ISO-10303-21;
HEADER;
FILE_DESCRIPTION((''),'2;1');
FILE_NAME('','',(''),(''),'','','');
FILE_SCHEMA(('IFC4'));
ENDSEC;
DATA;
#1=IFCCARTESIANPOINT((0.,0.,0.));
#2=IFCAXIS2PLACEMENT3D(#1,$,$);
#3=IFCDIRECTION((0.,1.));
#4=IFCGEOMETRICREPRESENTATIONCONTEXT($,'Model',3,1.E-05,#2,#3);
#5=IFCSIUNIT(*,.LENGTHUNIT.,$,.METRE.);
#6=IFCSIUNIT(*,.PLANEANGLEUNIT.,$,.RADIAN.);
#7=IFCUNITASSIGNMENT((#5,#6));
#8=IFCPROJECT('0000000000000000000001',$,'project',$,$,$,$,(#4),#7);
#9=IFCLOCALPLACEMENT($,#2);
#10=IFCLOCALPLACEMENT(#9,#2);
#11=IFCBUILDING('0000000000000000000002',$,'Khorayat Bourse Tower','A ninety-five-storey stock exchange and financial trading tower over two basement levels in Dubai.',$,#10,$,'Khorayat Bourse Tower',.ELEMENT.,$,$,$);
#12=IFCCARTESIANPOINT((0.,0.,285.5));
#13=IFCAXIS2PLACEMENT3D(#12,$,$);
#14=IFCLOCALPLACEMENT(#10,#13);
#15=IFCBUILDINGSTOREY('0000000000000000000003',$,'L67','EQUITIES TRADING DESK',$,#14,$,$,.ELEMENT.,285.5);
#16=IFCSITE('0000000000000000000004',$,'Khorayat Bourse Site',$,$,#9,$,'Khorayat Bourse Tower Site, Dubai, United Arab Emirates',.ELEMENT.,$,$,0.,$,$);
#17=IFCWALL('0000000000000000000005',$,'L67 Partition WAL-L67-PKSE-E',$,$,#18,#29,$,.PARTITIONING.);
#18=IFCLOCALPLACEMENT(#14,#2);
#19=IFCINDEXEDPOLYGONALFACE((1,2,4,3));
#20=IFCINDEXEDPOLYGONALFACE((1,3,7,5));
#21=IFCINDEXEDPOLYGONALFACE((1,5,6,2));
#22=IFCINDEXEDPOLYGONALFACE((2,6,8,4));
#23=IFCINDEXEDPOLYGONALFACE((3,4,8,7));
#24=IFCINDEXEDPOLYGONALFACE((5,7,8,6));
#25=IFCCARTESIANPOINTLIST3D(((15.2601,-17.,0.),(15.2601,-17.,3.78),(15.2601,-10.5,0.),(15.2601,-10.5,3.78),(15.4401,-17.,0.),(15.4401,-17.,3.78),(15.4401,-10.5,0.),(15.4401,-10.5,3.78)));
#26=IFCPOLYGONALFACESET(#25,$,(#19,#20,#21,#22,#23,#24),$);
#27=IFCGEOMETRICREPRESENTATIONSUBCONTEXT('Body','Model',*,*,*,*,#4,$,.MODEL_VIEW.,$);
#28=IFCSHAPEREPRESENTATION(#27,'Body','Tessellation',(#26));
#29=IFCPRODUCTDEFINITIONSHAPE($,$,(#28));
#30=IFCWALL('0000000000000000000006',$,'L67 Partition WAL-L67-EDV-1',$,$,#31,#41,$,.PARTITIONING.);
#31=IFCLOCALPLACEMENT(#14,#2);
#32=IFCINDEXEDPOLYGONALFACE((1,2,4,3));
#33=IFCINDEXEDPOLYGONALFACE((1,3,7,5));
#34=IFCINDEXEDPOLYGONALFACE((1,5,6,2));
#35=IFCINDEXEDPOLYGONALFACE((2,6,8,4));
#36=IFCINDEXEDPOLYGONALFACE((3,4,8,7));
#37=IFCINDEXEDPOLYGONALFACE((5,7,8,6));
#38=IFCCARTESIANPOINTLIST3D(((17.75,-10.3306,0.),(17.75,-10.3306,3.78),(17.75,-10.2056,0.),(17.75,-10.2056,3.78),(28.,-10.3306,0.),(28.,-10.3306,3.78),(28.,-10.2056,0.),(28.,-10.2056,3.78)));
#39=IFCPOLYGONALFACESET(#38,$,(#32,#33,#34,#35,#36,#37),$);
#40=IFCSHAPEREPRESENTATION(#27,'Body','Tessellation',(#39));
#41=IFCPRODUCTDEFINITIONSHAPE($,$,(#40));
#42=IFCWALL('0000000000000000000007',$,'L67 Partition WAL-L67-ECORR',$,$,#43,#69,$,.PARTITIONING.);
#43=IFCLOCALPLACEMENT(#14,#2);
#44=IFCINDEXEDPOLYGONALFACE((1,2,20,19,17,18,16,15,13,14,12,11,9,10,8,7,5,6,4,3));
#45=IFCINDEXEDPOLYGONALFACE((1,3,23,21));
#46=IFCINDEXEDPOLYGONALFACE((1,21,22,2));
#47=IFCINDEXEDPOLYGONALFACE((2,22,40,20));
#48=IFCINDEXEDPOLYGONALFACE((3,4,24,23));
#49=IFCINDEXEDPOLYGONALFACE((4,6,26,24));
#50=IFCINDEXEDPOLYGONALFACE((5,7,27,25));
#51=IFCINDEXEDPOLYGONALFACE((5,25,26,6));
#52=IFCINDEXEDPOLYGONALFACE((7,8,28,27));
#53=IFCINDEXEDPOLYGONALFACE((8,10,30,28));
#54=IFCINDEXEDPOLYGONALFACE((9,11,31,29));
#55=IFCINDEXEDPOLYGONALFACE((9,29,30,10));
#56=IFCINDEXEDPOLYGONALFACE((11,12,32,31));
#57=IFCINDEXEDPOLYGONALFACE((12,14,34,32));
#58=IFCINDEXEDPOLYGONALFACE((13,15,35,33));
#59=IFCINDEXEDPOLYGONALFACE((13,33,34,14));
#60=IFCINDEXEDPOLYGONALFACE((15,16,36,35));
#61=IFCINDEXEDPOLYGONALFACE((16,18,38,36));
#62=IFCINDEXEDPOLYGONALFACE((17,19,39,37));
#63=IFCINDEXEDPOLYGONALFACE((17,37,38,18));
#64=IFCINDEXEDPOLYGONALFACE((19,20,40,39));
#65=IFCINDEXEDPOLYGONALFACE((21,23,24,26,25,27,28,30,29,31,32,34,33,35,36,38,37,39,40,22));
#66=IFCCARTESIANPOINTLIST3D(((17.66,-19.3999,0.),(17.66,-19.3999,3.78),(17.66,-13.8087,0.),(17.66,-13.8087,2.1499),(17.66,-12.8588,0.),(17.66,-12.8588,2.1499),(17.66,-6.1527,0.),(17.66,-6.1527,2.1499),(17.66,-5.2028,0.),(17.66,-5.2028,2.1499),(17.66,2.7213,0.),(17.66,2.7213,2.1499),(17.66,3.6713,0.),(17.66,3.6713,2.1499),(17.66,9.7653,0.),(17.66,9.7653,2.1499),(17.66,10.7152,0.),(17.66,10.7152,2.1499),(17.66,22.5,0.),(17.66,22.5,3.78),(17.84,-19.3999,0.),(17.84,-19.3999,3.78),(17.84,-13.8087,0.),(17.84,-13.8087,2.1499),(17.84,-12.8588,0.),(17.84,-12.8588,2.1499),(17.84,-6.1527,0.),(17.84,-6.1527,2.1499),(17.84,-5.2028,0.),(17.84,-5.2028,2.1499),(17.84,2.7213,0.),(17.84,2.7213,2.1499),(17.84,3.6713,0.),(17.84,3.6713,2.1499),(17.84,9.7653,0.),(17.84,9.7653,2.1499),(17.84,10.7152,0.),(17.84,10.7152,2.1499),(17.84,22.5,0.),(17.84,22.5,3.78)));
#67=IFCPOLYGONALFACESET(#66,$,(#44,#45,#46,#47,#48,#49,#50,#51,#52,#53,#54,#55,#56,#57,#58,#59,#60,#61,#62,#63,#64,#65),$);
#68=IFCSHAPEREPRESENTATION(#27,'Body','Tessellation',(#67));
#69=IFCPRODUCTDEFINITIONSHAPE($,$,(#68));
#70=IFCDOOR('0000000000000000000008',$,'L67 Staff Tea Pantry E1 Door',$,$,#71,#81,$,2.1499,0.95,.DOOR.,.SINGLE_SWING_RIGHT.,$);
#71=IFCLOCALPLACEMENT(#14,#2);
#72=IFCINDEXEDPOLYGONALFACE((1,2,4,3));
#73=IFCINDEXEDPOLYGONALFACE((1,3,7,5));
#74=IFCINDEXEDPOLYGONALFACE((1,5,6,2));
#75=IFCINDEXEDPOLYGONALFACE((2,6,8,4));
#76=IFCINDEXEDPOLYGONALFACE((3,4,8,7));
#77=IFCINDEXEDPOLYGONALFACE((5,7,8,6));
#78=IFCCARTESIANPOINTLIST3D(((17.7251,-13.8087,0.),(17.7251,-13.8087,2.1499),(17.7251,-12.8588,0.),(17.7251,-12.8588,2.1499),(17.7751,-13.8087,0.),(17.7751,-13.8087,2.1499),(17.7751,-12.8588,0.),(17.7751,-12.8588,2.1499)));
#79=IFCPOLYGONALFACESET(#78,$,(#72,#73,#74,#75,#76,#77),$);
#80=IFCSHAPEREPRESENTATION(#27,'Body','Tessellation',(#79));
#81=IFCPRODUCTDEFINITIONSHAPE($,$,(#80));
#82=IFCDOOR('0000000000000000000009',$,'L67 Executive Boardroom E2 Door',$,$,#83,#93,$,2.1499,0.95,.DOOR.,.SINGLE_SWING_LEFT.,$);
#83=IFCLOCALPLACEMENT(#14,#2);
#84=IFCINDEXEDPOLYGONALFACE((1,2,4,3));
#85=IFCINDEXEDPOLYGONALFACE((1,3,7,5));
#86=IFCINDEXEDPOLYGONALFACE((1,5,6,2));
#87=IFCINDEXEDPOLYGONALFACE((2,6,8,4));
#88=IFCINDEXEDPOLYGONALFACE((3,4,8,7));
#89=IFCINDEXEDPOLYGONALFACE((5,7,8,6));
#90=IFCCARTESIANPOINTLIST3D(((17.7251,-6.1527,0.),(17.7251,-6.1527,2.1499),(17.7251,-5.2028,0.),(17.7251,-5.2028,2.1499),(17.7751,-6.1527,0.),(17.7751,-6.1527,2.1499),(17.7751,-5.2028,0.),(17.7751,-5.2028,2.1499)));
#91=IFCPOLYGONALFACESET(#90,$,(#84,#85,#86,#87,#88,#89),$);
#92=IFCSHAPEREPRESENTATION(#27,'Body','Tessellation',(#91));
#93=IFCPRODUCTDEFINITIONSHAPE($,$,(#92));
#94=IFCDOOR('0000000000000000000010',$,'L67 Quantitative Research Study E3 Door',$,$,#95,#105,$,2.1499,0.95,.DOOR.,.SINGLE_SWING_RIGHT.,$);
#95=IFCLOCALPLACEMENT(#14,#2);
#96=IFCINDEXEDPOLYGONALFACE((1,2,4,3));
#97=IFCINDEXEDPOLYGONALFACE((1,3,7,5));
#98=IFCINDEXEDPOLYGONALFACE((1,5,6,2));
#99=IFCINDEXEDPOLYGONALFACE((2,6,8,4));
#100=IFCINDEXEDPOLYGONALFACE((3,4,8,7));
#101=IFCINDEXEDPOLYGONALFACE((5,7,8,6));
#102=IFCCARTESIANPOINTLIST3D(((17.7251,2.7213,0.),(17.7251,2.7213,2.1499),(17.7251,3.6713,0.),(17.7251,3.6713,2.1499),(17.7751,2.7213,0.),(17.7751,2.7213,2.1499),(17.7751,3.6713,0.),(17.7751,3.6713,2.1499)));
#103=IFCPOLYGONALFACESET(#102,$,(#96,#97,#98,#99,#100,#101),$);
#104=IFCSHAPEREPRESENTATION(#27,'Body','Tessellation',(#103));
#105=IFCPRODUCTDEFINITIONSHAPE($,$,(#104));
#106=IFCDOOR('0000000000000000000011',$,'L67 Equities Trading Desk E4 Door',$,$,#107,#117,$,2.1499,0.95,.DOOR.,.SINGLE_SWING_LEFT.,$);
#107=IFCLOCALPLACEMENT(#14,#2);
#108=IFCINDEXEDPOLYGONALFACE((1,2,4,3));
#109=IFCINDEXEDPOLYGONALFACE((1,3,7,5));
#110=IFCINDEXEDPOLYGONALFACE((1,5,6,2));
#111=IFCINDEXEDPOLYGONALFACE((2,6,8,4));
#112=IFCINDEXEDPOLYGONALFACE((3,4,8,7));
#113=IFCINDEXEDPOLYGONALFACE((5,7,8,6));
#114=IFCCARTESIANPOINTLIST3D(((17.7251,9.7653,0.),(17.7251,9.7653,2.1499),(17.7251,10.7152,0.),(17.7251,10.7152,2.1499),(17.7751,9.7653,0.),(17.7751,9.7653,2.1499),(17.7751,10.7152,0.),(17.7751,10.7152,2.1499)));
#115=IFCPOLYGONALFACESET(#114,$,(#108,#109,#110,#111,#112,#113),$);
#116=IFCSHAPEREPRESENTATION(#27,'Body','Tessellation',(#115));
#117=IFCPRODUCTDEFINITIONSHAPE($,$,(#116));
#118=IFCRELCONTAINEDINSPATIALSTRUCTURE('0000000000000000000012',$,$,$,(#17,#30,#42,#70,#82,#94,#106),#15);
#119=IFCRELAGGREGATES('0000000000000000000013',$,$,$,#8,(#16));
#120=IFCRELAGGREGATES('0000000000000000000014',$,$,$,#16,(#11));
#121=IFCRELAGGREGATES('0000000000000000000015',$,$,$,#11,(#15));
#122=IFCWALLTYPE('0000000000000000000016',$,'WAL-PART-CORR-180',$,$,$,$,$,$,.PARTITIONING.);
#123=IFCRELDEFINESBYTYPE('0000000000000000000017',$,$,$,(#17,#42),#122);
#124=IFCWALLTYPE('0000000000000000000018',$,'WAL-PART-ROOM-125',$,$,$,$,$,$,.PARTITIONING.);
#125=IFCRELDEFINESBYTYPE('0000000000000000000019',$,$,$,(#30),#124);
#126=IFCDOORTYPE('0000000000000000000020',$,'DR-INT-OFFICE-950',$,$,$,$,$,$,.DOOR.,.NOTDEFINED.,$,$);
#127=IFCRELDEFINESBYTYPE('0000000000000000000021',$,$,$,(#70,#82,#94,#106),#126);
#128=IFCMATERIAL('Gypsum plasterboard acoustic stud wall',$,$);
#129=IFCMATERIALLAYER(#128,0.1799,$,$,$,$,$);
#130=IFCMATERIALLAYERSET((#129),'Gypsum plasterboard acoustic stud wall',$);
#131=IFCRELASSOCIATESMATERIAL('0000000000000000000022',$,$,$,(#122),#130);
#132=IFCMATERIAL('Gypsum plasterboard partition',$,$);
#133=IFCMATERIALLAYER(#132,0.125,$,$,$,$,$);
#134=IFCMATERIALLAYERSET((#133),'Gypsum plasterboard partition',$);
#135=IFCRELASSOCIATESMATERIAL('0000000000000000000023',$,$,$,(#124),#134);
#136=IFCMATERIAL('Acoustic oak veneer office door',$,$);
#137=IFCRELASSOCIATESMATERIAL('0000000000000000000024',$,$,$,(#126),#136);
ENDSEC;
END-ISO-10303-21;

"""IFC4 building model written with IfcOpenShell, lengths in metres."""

from ifc_helpers import new_model, si_unit, direction, frame, frame_2d, origin, place, context, subcontext, project, spatial, rectangle, extrude, source, transform, mapped, material, layer, layer_set, type_object, element, fill, save


model = new_model("IFC4")

# Units and contexts
model_context = context("Model", 3, precision=1e-05, world=origin(), true_north=direction((0.0, 1.0)))
body_context = subcontext(model_context, "Body", "Model", "MODEL_VIEW")
ifc_project = project(units=[si_unit("LENGTHUNIT", "METRE"), si_unit("PLANEANGLEUNIT", "RADIAN")], contexts=[model_context])

# Site, building, storey
site_placement = place(None, origin())
site = spatial("IfcSite", under=ifc_project, at=site_placement, Name="Khorayat Bourse Site", LongName="Khorayat Bourse Tower Site, Dubai, United Arab Emirates", CompositionType="ELEMENT", RefElevation=0.0)
building_placement = place(site_placement, origin())
building = spatial("IfcBuilding", under=site, at=building_placement, Name="Khorayat Bourse Tower", Description="A ninety-five-storey stock exchange and financial trading tower over two basement levels in Dubai.", LongName="Khorayat Bourse Tower", CompositionType="ELEMENT")
storey_placement = place(building_placement, frame((0.0, 0.0, 285.5)))
storey = spatial("IfcBuildingStorey", under=building, at=storey_placement, Name="L67", Description="EQUITIES TRADING DESK", CompositionType="ELEMENT", Elevation=285.5)

# Shared definitions
ifc_material_1 = material(Name="Gypsum plasterboard acoustic stud wall")
ifc_layer_1 = layer(ifc_material_1, 0.1799)
ifc_layer_set_1 = layer_set([ifc_layer_1], Name="Gypsum plasterboard acoustic stud wall")
wall_type_1 = type_object("IfcWallType", Name="WAL-PART-CORR-180", PredefinedType="PARTITIONING", material=ifc_layer_set_1)

# Walls
shared_shape_1 = source(origin(), body_context, "Body", "SweptSolid", [
    extrude(rectangle(XDim=6.5, YDim=0.1799, at=frame_2d((3.25, 0.0))), origin(), (0.0, 0.0, 1.0), 3.78),
])
wall_1_placement = place(storey_placement, frame((15.3501, -17.0, 0.0), z_axis=(0.0, 0.0, 1.0), x_axis=(0.0, 1.0, 0.0)))
element("IfcWall", 1, at=wall_1_placement, inside=storey, type_object=wall_type_1, Name="L67 Partition WAL-L67-PKSE-E", PredefinedType="PARTITIONING", context=body_context, shape_type="MappedRepresentation", body=[
    mapped(shared_shape_1, transform((0.0, 0.0, 0.0), scale=1.0)),
])
ifc_material_2 = material(Name="Gypsum plasterboard partition")
ifc_layer_2 = layer(ifc_material_2, 0.125)
ifc_layer_set_2 = layer_set([ifc_layer_2], Name="Gypsum plasterboard partition")
wall_type_2 = type_object("IfcWallType", Name="WAL-PART-ROOM-125", PredefinedType="PARTITIONING", material=ifc_layer_set_2)
shared_shape_2 = source(origin(), body_context, "Body", "SweptSolid", [
    extrude(rectangle(XDim=10.25, YDim=0.125, at=frame_2d((5.125, 0.0))), origin(), (0.0, 0.0, 1.0), 3.78),
])
wall_2_placement = place(storey_placement, frame((17.75, -10.2681, 0.0), z_axis=(0.0, 0.0, 1.0), x_axis=(1.0, 0.0, 0.0)))
element("IfcWall", 2, at=wall_2_placement, inside=storey, type_object=wall_type_2, Name="L67 Partition WAL-L67-EDV-1", PredefinedType="PARTITIONING", context=body_context, shape_type="MappedRepresentation", body=[
    mapped(shared_shape_2, transform((0.0, 0.0, 0.0), scale=1.0)),
])

# Wall, openings, doors
shared_shape_3 = source(origin(), body_context, "Body", "SweptSolid", [
    extrude(rectangle(XDim=41.8999, YDim=0.1799, at=frame_2d((20.95, 0.0))), origin(), (0.0, 0.0, 1.0), 3.78),
])
wall_3_placement = place(storey_placement, frame((17.75, -19.3999, 0.0), z_axis=(0.0, 0.0, 1.0), x_axis=(0.0, 1.0, 0.0)))
wall_3 = element("IfcWall", 3, at=wall_3_placement, inside=storey, type_object=wall_type_1, Name="L67 Partition WAL-L67-ECORR", PredefinedType="PARTITIONING", context=body_context, shape_type="MappedRepresentation", body=[
    mapped(shared_shape_3, transform((0.0, 0.0, 0.0), scale=1.0)),
])
shared_shape_4 = source(origin(), body_context, "Body", "SweptSolid", [
    extrude(rectangle(XDim=0.95, YDim=2.1499, at=frame_2d((0.4751, 1.075))), frame((0.0, 0.0999, 0.0), z_axis=(0.0, -1.0, 0.0), x_axis=(1.0, 0.0, 0.0)), (0.0, 0.0, 1.0), 0.2),
])
opening_1_placement = place(wall_3_placement, frame((5.5911, 0.0, 0.0)))
opening_1 = element("IfcOpeningElement", 4, at=opening_1_placement, cuts=wall_3, PredefinedType="OPENING", context=body_context, shape_type="MappedRepresentation", body=[
    mapped(shared_shape_4, transform((0.0, 0.0, 0.0), scale=1.0)),
])
opening_2_placement = place(wall_3_placement, frame((13.2471, 0.0, 0.0)))
opening_2 = element("IfcOpeningElement", 5, at=opening_2_placement, cuts=wall_3, PredefinedType="OPENING", context=body_context, shape_type="MappedRepresentation", body=[
    mapped(shared_shape_4, transform((0.0, 0.0, 0.0), scale=1.0)),
])
opening_3_placement = place(wall_3_placement, frame((22.1211, 0.0, 0.0)))
opening_3 = element("IfcOpeningElement", 6, at=opening_3_placement, cuts=wall_3, PredefinedType="OPENING", context=body_context, shape_type="MappedRepresentation", body=[
    mapped(shared_shape_4, transform((0.0, 0.0, 0.0), scale=1.0)),
])
opening_4_placement = place(wall_3_placement, frame((29.165, 0.0, 0.0)))
opening_4 = element("IfcOpeningElement", 7, at=opening_4_placement, cuts=wall_3, PredefinedType="OPENING", context=body_context, shape_type="MappedRepresentation", body=[
    mapped(shared_shape_4, transform((0.0, 0.0, 0.0), scale=1.0)),
])
ifc_material_3 = material(Name="Acoustic oak veneer office door")
door_type_1 = type_object("IfcDoorType", Name="DR-INT-OFFICE-950", OperationType="NOTDEFINED", PredefinedType="DOOR", material=ifc_material_3)
shared_shape_5 = source(origin(), body_context, "Body", "SweptSolid", [
    extrude(rectangle(XDim=0.95, YDim=2.1499, at=frame_2d((0.4751, 1.075))), frame((0.0, 0.0249, 0.0), z_axis=(0.0, -1.0, 0.0), x_axis=(1.0, 0.0, 0.0)), (0.0, 0.0, 1.0), 0.05),
])
door_1_placement = place(opening_1_placement, origin())
door_1 = element("IfcDoor", 8, at=door_1_placement, inside=storey, type_object=door_type_1, Name="L67 Staff Tea Pantry E1 Door", OperationType="SINGLE_SWING_RIGHT", OverallHeight=2.1499, OverallWidth=0.95, PredefinedType="DOOR", context=body_context, shape_type="MappedRepresentation", body=[
    mapped(shared_shape_5, transform((0.0, 0.0, 0.0), scale=1.0)),
])
fill(opening_1, door_1)
door_2_placement = place(opening_2_placement, origin())
door_2 = element("IfcDoor", 9, at=door_2_placement, inside=storey, type_object=door_type_1, Name="L67 Executive Boardroom E2 Door", OperationType="SINGLE_SWING_LEFT", OverallHeight=2.1499, OverallWidth=0.95, PredefinedType="DOOR", context=body_context, shape_type="MappedRepresentation", body=[
    mapped(shared_shape_5, transform((0.0, 0.0, 0.0), scale=1.0)),
])
fill(opening_2, door_2)
door_3_placement = place(opening_3_placement, origin())
door_3 = element("IfcDoor", 10, at=door_3_placement, inside=storey, type_object=door_type_1, Name="L67 Quantitative Research Study E3 Door", OperationType="SINGLE_SWING_RIGHT", OverallHeight=2.1499, OverallWidth=0.95, PredefinedType="DOOR", context=body_context, shape_type="MappedRepresentation", body=[
    mapped(shared_shape_5, transform((0.0, 0.0, 0.0), scale=1.0)),
])
fill(opening_3, door_3)
door_4_placement = place(opening_4_placement, origin())
door_4 = element("IfcDoor", 11, at=door_4_placement, inside=storey, type_object=door_type_1, Name="L67 Equities Trading Desk E4 Door", OperationType="SINGLE_SWING_LEFT", OverallHeight=2.1499, OverallWidth=0.95, PredefinedType="DOOR", context=body_context, shape_type="MappedRepresentation", body=[
    mapped(shared_shape_5, transform((0.0, 0.0, 0.0), scale=1.0)),
])
fill(opening_4, door_4)

save(model, "model.ifc")
